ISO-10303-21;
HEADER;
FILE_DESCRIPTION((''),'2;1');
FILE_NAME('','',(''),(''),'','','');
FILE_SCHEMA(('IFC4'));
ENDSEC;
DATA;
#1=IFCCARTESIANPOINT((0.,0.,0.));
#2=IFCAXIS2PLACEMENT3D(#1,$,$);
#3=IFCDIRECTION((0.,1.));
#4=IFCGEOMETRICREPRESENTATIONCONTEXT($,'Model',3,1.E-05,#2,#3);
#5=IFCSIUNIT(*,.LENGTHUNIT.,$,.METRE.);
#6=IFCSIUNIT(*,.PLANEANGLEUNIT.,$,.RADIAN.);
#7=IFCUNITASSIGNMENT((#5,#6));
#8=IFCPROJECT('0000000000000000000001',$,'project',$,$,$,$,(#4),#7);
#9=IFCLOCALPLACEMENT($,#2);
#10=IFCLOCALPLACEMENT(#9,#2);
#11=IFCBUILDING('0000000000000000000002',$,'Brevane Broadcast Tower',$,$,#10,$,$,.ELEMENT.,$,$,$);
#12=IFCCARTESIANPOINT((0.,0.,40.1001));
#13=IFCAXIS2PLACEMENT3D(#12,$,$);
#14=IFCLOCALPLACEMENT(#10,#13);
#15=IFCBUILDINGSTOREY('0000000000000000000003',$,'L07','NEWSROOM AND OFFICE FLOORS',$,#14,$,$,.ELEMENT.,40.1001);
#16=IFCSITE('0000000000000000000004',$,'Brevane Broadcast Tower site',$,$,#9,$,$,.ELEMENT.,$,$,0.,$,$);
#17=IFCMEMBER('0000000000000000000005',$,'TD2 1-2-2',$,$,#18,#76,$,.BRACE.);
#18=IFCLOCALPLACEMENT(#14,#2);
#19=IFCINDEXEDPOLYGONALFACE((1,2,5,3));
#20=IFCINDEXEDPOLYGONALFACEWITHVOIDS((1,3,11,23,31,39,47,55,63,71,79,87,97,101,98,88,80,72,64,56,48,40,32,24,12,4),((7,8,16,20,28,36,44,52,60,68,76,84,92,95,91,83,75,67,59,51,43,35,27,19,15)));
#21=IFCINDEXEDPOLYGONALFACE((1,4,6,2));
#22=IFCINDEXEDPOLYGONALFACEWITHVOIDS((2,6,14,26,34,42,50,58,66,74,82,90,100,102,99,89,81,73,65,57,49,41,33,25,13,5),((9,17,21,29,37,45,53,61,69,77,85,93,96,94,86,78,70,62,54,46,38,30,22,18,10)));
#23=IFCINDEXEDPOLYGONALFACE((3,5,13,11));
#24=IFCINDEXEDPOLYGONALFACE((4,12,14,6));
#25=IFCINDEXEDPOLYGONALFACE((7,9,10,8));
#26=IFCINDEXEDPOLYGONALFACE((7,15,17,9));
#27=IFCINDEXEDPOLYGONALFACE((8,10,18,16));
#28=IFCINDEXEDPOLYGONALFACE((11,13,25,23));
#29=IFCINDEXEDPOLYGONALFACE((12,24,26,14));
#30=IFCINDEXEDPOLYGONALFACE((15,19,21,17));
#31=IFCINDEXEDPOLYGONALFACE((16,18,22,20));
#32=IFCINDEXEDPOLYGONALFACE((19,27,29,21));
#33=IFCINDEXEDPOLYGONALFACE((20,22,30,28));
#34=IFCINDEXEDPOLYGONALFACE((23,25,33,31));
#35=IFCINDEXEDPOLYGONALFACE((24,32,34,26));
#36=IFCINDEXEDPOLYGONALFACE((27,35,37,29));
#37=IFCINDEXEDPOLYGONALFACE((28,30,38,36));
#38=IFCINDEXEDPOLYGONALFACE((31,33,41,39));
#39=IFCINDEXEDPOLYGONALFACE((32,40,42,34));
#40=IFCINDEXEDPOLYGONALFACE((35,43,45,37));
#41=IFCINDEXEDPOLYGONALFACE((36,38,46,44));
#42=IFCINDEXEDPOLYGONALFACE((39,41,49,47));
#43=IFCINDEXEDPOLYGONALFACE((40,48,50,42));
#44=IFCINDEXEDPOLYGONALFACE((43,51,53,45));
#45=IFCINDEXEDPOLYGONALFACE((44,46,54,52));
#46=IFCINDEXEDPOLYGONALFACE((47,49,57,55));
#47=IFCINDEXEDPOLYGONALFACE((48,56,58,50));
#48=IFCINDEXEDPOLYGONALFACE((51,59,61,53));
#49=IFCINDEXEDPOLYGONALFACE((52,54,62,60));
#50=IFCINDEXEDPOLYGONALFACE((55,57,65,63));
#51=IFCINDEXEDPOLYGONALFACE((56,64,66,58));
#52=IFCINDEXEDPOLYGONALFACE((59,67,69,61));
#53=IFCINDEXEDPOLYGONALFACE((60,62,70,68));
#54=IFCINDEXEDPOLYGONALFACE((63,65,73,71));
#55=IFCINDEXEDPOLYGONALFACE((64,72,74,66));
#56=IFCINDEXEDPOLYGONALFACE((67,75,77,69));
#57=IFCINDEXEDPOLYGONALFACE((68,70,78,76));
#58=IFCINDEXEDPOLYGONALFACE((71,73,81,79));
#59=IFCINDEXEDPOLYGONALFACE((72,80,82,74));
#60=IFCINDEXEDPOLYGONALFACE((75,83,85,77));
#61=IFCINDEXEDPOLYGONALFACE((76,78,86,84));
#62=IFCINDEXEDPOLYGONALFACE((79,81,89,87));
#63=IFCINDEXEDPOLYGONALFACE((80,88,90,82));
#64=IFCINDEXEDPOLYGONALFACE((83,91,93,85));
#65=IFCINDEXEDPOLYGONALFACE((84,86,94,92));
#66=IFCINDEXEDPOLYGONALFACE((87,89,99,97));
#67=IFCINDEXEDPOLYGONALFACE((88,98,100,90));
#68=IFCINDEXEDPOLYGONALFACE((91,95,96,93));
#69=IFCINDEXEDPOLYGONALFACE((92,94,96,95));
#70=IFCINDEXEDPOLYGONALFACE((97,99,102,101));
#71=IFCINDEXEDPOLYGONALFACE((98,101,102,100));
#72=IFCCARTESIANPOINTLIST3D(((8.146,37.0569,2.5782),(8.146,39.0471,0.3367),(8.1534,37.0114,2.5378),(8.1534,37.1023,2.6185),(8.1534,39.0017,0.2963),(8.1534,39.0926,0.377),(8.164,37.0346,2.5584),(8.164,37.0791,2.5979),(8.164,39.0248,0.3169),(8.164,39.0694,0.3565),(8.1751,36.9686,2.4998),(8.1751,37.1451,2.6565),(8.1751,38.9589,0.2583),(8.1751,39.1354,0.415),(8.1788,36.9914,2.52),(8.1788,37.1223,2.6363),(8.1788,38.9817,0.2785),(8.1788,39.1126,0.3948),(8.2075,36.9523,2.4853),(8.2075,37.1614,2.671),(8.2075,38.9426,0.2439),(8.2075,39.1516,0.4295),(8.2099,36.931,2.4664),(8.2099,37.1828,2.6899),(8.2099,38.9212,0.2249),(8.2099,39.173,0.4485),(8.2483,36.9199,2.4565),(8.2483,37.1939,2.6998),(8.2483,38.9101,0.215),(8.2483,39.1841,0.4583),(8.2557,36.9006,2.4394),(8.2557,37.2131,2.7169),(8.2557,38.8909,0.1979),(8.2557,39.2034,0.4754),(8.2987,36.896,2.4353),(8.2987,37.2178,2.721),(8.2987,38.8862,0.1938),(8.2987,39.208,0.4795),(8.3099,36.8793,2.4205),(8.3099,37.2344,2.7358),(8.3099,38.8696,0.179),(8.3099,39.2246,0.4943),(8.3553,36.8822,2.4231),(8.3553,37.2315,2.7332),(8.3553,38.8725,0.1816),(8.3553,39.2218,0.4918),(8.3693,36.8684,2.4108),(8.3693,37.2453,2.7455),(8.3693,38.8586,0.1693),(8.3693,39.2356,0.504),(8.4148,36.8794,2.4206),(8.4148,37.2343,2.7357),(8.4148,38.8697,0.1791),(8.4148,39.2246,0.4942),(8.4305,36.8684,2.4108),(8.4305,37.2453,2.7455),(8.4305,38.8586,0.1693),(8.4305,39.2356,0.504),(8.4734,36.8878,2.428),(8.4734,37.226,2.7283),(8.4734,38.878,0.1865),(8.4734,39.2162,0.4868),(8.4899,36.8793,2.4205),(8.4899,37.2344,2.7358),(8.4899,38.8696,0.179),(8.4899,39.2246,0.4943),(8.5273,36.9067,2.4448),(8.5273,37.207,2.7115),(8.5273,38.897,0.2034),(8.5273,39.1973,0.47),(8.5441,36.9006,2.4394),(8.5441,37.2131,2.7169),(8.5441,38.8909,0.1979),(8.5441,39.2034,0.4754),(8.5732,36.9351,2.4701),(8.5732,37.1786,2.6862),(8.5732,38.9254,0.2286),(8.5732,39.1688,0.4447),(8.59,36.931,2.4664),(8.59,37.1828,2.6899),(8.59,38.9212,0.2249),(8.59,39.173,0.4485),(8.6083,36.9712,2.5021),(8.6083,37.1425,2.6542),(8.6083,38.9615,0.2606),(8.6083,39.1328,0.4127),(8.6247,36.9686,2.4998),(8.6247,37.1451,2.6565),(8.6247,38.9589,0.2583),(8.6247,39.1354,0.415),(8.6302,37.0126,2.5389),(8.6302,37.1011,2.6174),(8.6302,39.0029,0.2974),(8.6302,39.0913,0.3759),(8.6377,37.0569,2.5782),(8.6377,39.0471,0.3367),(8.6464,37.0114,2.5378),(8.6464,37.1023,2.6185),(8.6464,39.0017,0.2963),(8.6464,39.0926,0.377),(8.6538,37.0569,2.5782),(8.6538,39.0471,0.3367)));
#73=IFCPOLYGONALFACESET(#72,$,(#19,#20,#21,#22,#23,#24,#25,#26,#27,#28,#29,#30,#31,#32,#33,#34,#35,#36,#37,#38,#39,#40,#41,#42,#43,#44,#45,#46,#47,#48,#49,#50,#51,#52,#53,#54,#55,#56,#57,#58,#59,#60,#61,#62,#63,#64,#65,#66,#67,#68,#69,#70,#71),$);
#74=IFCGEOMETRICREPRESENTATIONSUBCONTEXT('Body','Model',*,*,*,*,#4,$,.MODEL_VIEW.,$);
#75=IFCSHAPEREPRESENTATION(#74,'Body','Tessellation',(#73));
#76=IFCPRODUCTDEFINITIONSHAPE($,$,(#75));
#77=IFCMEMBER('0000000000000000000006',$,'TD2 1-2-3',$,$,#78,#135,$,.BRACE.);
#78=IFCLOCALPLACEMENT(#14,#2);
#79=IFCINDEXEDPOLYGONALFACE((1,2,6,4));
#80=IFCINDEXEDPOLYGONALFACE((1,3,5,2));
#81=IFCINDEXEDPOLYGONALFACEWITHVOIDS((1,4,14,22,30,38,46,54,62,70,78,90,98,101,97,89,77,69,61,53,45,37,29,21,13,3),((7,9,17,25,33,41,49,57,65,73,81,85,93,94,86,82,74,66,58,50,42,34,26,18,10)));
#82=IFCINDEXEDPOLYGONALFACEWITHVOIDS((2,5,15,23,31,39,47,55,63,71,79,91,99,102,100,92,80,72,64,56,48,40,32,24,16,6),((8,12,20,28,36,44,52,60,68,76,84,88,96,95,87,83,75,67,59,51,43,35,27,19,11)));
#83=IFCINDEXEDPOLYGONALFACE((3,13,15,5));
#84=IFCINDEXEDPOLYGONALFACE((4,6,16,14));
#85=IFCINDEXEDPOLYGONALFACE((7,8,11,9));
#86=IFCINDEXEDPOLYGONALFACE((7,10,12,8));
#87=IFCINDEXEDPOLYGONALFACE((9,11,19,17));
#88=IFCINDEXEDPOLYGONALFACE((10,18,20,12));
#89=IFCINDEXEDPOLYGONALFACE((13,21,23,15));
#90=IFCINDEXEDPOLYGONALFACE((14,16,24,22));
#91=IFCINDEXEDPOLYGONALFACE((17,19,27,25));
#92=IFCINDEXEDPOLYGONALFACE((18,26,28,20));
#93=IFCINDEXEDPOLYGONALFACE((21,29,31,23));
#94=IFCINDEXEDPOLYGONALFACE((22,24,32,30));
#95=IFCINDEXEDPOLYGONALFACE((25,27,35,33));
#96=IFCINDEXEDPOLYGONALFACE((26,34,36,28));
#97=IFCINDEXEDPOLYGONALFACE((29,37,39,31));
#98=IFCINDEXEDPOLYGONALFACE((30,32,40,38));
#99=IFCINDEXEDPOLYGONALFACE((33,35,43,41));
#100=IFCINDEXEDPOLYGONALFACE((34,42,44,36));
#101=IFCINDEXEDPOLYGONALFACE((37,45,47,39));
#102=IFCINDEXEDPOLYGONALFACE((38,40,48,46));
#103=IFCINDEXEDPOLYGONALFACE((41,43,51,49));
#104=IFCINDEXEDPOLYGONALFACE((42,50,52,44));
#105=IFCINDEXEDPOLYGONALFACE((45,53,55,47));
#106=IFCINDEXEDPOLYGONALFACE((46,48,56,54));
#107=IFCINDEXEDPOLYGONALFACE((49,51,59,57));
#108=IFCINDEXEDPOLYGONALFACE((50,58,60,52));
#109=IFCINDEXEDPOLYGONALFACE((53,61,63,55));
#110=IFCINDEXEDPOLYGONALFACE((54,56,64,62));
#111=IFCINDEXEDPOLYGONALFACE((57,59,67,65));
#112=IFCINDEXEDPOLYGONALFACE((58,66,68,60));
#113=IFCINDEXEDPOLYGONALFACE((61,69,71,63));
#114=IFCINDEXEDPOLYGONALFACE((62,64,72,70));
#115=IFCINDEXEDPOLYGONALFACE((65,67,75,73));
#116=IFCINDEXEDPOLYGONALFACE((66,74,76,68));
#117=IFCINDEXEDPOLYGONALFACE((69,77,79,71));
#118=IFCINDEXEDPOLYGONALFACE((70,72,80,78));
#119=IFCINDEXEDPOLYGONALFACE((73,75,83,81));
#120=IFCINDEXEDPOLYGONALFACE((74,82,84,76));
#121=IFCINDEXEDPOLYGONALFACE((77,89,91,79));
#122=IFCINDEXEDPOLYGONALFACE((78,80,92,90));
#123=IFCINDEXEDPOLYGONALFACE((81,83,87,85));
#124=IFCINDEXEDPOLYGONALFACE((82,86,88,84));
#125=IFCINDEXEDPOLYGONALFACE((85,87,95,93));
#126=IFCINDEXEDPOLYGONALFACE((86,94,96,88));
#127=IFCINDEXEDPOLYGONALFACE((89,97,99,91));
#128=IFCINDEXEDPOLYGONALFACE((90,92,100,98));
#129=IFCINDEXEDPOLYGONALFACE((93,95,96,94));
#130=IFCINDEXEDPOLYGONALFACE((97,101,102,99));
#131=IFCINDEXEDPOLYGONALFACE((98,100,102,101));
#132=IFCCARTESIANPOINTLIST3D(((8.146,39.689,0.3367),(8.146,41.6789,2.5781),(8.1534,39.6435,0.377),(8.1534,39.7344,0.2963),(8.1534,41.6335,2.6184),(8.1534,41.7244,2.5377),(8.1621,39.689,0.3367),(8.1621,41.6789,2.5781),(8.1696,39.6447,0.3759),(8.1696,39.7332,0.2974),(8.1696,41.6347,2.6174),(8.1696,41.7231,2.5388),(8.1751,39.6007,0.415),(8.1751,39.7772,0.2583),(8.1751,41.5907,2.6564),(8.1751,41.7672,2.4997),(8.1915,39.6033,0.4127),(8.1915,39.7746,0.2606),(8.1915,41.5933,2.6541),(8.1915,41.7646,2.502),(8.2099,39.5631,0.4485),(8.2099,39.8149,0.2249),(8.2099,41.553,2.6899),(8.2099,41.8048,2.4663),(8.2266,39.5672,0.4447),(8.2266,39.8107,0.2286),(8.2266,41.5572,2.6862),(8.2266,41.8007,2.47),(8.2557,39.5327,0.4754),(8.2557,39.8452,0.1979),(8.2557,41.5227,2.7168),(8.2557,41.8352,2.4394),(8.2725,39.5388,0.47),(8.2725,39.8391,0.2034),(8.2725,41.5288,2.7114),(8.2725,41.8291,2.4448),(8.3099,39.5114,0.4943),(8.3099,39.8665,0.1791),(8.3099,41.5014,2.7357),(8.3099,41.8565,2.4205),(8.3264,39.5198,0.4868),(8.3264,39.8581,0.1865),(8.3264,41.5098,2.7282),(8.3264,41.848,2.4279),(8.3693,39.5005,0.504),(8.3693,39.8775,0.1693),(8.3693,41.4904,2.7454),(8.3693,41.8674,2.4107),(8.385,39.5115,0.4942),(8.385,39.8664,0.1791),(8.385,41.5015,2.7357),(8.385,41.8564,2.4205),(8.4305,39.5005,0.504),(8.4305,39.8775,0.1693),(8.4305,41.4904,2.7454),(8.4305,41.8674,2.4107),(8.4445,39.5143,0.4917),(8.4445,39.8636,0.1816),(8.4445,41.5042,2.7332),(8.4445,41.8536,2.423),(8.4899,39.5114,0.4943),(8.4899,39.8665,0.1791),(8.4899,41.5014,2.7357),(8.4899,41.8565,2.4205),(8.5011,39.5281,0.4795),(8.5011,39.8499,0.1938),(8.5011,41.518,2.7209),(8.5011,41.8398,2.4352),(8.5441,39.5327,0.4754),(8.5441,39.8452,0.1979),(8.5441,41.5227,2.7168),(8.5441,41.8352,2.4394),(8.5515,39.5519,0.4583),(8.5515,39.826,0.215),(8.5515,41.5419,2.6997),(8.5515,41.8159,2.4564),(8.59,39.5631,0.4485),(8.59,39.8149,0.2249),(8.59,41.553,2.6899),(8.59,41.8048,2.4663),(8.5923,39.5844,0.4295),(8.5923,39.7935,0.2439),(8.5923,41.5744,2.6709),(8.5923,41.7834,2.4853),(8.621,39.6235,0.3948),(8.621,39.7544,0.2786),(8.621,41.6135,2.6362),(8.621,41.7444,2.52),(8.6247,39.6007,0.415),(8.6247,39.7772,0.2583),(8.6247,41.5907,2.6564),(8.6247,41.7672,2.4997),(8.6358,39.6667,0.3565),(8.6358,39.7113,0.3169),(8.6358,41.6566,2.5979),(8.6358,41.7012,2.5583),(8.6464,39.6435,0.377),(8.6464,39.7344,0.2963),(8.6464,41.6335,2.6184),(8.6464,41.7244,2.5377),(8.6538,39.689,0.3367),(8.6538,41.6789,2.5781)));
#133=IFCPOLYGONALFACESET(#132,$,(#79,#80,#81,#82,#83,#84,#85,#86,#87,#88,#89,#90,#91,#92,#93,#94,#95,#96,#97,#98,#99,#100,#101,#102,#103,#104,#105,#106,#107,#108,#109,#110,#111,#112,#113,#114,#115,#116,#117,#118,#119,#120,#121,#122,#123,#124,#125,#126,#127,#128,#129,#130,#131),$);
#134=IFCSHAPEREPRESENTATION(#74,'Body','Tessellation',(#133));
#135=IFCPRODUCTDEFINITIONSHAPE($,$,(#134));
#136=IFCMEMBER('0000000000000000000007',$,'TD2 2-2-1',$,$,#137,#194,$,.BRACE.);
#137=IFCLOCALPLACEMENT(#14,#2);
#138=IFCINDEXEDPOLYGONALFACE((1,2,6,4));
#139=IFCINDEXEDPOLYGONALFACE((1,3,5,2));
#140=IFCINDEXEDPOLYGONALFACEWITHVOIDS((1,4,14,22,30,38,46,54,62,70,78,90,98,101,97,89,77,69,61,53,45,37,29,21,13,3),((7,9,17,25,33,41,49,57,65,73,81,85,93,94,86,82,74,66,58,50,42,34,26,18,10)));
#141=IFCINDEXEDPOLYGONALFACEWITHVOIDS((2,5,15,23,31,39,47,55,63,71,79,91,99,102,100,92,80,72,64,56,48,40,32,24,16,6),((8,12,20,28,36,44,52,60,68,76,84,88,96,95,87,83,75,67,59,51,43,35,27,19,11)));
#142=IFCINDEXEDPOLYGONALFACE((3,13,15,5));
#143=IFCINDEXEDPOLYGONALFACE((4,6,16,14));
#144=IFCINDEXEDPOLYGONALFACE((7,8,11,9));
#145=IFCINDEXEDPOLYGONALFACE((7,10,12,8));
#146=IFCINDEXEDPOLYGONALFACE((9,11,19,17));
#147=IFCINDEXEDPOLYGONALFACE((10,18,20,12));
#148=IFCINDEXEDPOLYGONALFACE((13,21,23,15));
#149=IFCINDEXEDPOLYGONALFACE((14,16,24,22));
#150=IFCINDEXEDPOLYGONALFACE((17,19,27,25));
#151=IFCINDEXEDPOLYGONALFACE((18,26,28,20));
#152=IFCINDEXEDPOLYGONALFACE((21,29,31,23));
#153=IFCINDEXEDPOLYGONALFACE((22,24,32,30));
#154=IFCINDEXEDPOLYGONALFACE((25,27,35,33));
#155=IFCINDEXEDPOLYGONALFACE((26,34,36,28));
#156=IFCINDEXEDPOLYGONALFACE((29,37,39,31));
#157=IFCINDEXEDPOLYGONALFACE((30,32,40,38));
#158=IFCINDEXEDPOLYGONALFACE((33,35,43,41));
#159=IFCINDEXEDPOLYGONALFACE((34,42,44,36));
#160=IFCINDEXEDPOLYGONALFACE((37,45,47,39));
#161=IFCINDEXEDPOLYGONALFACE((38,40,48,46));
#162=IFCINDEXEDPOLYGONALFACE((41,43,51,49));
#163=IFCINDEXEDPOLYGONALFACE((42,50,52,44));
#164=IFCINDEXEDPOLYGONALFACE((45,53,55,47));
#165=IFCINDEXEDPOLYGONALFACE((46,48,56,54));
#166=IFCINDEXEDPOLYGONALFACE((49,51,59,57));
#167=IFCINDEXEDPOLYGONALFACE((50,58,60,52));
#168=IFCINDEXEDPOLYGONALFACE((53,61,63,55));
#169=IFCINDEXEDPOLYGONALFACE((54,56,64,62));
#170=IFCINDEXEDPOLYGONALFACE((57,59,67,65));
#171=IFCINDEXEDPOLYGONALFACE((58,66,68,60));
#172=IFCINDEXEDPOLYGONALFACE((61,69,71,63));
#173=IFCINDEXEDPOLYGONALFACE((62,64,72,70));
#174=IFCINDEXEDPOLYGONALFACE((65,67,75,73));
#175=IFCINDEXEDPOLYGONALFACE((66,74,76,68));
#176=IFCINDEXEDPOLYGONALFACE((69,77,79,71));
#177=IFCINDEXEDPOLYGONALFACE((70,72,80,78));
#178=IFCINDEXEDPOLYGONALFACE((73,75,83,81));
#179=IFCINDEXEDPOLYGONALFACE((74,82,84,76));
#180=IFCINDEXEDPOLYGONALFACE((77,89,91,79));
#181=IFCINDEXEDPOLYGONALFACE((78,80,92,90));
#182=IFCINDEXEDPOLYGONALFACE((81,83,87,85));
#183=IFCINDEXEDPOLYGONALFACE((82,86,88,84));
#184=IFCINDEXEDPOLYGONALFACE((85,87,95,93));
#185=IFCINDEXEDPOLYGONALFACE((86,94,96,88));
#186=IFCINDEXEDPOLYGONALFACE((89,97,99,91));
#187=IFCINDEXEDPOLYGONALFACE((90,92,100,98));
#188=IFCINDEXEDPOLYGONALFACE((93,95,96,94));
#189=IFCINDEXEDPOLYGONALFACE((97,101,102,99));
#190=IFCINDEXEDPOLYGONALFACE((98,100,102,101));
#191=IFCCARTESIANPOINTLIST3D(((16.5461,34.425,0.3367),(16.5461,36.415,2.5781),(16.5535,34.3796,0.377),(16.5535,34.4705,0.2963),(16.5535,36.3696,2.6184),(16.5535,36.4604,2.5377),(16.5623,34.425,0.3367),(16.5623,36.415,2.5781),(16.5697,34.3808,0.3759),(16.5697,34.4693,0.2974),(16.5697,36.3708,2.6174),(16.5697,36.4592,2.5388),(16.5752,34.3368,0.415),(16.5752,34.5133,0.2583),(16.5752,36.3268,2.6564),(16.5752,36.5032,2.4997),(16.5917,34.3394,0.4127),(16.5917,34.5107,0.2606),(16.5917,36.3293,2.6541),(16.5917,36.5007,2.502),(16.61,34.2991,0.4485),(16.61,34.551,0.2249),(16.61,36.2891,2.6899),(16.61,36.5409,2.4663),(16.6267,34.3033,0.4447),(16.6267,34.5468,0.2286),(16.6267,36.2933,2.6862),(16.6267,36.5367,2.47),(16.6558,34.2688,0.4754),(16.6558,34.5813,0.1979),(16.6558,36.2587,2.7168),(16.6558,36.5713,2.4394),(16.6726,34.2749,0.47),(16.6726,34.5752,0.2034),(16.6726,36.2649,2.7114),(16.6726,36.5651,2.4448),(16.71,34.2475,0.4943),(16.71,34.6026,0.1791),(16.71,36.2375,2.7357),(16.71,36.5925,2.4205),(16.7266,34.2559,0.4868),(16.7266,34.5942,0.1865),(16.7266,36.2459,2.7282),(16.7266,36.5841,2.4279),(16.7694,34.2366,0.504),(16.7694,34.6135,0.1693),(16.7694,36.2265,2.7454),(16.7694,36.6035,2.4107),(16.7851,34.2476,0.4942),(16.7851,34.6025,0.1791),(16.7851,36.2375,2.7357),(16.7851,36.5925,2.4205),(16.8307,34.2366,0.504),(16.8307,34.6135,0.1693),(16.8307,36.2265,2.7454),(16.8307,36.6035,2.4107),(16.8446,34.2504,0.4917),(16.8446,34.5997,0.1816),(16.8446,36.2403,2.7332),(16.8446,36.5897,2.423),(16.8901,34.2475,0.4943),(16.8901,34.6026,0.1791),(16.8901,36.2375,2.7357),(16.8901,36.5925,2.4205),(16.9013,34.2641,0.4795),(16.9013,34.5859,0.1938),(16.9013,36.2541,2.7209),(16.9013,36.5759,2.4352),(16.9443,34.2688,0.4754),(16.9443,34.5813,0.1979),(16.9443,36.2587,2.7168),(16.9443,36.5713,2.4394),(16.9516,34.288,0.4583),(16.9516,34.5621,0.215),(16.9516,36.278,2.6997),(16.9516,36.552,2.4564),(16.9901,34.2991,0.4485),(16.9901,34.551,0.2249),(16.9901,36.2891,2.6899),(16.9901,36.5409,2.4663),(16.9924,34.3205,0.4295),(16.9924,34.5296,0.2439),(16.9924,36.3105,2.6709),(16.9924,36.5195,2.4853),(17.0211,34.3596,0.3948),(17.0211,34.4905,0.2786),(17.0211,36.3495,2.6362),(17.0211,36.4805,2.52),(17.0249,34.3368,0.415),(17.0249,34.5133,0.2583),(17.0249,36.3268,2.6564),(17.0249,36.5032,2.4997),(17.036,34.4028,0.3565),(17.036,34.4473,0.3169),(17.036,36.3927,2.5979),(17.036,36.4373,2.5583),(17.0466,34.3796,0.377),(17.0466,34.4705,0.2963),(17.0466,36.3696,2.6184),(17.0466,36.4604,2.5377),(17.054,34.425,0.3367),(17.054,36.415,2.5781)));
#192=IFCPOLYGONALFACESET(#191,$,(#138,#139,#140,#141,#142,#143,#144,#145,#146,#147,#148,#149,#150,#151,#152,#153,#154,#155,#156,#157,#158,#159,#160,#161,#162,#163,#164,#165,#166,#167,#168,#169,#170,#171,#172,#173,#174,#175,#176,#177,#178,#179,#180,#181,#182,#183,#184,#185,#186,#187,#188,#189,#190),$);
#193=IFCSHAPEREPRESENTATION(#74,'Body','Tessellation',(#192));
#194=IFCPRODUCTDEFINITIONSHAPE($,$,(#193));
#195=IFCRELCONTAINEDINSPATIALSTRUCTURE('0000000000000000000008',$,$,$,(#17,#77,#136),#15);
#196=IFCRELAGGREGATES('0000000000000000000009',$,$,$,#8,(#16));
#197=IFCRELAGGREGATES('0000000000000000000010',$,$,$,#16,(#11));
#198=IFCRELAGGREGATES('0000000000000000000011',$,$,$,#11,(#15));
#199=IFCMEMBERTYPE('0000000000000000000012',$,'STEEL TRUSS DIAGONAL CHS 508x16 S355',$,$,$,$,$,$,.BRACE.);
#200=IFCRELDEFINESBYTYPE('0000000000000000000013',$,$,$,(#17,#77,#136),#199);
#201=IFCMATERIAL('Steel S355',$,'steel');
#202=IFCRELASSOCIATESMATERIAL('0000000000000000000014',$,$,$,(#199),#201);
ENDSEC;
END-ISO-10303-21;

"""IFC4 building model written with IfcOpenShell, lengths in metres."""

from ifc_helpers import new_model, si_unit, direction, frame, origin, origin_2d, place, context, subcontext, project, spatial, hollow_circle, extrude, material, material_profile, profile_set, type_object, element, save


model = new_model("IFC4")

# Units and contexts
model_context = context("Model", 3, precision=1e-05, world=origin(), true_north=direction((0.0, 1.0)))
body_context = subcontext(model_context, "Body", "Model", "MODEL_VIEW")
ifc_project = project(units=[si_unit("LENGTHUNIT", "METRE"), si_unit("PLANEANGLEUNIT", "RADIAN")], contexts=[model_context])

# Site, building, storey
site_placement = place(None, origin())
site = spatial("IfcSite", under=ifc_project, at=site_placement, Name="Brevane Broadcast Tower site", CompositionType="ELEMENT", RefElevation=0.0)
building_placement = place(site_placement, origin())
building = spatial("IfcBuilding", under=site, at=building_placement, Name="Brevane Broadcast Tower", CompositionType="ELEMENT")
storey_placement = place(building_placement, frame((0.0, 0.0, 40.1001)))
storey = spatial("IfcBuildingStorey", under=building, at=storey_placement, Name="L07", Description="NEWSROOM AND OFFICE FLOORS", CompositionType="ELEMENT", Elevation=40.1001)

# Shared definitions
ifc_material_1 = material(Name="Steel S355", Category="steel")

# Members
ifc_material_profile_1 = material_profile(ifc_material_1, hollow_circle(Radius=0.2539, WallThickness=0.0161, at=origin_2d()), Name="CHS 508x16")
ifc_profile_set_1 = profile_set([ifc_material_profile_1], Name="Steel S355")
member_type_1 = type_object("IfcMemberType", Name="STEEL TRUSS DIAGONAL CHS 508x16 S355", PredefinedType="BRACE", material=ifc_profile_set_1)
member_1_placement = place(storey_placement, frame((8.3999, 39.0471, 0.3367), z_axis=(0.0, -0.663959, 0.747769), x_axis=(1.0, 0.0, 0.0)))
element("IfcMember", 1, at=member_1_placement, inside=storey, type_object=member_type_1, Name="TD2 1-2-2", PredefinedType="BRACE", context=body_context, shape_type="SweptSolid", body=[
    extrude(hollow_circle(Radius=0.2539, WallThickness=0.0161, at=origin_2d()), origin(), (0.0, 0.0, 1.0), 2.9976),
])
for number, where, z_axis, x_axis, name in (
    (2, (8.3999, 39.689, 0.3367), (0.0, 0.663914, 0.747809), (-1.0, 0.0, 0.0), "TD2 1-2-3"),
    (3, (16.8, 34.425, 0.3367), (0.0, 0.663914, 0.747809), (-1.0, 0.0, 0.0), "TD2 2-2-1"),
):
    element("IfcMember", number, at=place(storey_placement, frame(where, z_axis=z_axis, x_axis=x_axis)), inside=storey, type_object=member_type_1, Name=name, PredefinedType="BRACE", context=body_context, shape_type="SweptSolid", body=[
        extrude(hollow_circle(Radius=0.2539, WallThickness=0.0161, at=origin_2d()), origin(), (0.0, 0.0, 1.0), 2.9973),
    ])

save(model, "model.ifc")
